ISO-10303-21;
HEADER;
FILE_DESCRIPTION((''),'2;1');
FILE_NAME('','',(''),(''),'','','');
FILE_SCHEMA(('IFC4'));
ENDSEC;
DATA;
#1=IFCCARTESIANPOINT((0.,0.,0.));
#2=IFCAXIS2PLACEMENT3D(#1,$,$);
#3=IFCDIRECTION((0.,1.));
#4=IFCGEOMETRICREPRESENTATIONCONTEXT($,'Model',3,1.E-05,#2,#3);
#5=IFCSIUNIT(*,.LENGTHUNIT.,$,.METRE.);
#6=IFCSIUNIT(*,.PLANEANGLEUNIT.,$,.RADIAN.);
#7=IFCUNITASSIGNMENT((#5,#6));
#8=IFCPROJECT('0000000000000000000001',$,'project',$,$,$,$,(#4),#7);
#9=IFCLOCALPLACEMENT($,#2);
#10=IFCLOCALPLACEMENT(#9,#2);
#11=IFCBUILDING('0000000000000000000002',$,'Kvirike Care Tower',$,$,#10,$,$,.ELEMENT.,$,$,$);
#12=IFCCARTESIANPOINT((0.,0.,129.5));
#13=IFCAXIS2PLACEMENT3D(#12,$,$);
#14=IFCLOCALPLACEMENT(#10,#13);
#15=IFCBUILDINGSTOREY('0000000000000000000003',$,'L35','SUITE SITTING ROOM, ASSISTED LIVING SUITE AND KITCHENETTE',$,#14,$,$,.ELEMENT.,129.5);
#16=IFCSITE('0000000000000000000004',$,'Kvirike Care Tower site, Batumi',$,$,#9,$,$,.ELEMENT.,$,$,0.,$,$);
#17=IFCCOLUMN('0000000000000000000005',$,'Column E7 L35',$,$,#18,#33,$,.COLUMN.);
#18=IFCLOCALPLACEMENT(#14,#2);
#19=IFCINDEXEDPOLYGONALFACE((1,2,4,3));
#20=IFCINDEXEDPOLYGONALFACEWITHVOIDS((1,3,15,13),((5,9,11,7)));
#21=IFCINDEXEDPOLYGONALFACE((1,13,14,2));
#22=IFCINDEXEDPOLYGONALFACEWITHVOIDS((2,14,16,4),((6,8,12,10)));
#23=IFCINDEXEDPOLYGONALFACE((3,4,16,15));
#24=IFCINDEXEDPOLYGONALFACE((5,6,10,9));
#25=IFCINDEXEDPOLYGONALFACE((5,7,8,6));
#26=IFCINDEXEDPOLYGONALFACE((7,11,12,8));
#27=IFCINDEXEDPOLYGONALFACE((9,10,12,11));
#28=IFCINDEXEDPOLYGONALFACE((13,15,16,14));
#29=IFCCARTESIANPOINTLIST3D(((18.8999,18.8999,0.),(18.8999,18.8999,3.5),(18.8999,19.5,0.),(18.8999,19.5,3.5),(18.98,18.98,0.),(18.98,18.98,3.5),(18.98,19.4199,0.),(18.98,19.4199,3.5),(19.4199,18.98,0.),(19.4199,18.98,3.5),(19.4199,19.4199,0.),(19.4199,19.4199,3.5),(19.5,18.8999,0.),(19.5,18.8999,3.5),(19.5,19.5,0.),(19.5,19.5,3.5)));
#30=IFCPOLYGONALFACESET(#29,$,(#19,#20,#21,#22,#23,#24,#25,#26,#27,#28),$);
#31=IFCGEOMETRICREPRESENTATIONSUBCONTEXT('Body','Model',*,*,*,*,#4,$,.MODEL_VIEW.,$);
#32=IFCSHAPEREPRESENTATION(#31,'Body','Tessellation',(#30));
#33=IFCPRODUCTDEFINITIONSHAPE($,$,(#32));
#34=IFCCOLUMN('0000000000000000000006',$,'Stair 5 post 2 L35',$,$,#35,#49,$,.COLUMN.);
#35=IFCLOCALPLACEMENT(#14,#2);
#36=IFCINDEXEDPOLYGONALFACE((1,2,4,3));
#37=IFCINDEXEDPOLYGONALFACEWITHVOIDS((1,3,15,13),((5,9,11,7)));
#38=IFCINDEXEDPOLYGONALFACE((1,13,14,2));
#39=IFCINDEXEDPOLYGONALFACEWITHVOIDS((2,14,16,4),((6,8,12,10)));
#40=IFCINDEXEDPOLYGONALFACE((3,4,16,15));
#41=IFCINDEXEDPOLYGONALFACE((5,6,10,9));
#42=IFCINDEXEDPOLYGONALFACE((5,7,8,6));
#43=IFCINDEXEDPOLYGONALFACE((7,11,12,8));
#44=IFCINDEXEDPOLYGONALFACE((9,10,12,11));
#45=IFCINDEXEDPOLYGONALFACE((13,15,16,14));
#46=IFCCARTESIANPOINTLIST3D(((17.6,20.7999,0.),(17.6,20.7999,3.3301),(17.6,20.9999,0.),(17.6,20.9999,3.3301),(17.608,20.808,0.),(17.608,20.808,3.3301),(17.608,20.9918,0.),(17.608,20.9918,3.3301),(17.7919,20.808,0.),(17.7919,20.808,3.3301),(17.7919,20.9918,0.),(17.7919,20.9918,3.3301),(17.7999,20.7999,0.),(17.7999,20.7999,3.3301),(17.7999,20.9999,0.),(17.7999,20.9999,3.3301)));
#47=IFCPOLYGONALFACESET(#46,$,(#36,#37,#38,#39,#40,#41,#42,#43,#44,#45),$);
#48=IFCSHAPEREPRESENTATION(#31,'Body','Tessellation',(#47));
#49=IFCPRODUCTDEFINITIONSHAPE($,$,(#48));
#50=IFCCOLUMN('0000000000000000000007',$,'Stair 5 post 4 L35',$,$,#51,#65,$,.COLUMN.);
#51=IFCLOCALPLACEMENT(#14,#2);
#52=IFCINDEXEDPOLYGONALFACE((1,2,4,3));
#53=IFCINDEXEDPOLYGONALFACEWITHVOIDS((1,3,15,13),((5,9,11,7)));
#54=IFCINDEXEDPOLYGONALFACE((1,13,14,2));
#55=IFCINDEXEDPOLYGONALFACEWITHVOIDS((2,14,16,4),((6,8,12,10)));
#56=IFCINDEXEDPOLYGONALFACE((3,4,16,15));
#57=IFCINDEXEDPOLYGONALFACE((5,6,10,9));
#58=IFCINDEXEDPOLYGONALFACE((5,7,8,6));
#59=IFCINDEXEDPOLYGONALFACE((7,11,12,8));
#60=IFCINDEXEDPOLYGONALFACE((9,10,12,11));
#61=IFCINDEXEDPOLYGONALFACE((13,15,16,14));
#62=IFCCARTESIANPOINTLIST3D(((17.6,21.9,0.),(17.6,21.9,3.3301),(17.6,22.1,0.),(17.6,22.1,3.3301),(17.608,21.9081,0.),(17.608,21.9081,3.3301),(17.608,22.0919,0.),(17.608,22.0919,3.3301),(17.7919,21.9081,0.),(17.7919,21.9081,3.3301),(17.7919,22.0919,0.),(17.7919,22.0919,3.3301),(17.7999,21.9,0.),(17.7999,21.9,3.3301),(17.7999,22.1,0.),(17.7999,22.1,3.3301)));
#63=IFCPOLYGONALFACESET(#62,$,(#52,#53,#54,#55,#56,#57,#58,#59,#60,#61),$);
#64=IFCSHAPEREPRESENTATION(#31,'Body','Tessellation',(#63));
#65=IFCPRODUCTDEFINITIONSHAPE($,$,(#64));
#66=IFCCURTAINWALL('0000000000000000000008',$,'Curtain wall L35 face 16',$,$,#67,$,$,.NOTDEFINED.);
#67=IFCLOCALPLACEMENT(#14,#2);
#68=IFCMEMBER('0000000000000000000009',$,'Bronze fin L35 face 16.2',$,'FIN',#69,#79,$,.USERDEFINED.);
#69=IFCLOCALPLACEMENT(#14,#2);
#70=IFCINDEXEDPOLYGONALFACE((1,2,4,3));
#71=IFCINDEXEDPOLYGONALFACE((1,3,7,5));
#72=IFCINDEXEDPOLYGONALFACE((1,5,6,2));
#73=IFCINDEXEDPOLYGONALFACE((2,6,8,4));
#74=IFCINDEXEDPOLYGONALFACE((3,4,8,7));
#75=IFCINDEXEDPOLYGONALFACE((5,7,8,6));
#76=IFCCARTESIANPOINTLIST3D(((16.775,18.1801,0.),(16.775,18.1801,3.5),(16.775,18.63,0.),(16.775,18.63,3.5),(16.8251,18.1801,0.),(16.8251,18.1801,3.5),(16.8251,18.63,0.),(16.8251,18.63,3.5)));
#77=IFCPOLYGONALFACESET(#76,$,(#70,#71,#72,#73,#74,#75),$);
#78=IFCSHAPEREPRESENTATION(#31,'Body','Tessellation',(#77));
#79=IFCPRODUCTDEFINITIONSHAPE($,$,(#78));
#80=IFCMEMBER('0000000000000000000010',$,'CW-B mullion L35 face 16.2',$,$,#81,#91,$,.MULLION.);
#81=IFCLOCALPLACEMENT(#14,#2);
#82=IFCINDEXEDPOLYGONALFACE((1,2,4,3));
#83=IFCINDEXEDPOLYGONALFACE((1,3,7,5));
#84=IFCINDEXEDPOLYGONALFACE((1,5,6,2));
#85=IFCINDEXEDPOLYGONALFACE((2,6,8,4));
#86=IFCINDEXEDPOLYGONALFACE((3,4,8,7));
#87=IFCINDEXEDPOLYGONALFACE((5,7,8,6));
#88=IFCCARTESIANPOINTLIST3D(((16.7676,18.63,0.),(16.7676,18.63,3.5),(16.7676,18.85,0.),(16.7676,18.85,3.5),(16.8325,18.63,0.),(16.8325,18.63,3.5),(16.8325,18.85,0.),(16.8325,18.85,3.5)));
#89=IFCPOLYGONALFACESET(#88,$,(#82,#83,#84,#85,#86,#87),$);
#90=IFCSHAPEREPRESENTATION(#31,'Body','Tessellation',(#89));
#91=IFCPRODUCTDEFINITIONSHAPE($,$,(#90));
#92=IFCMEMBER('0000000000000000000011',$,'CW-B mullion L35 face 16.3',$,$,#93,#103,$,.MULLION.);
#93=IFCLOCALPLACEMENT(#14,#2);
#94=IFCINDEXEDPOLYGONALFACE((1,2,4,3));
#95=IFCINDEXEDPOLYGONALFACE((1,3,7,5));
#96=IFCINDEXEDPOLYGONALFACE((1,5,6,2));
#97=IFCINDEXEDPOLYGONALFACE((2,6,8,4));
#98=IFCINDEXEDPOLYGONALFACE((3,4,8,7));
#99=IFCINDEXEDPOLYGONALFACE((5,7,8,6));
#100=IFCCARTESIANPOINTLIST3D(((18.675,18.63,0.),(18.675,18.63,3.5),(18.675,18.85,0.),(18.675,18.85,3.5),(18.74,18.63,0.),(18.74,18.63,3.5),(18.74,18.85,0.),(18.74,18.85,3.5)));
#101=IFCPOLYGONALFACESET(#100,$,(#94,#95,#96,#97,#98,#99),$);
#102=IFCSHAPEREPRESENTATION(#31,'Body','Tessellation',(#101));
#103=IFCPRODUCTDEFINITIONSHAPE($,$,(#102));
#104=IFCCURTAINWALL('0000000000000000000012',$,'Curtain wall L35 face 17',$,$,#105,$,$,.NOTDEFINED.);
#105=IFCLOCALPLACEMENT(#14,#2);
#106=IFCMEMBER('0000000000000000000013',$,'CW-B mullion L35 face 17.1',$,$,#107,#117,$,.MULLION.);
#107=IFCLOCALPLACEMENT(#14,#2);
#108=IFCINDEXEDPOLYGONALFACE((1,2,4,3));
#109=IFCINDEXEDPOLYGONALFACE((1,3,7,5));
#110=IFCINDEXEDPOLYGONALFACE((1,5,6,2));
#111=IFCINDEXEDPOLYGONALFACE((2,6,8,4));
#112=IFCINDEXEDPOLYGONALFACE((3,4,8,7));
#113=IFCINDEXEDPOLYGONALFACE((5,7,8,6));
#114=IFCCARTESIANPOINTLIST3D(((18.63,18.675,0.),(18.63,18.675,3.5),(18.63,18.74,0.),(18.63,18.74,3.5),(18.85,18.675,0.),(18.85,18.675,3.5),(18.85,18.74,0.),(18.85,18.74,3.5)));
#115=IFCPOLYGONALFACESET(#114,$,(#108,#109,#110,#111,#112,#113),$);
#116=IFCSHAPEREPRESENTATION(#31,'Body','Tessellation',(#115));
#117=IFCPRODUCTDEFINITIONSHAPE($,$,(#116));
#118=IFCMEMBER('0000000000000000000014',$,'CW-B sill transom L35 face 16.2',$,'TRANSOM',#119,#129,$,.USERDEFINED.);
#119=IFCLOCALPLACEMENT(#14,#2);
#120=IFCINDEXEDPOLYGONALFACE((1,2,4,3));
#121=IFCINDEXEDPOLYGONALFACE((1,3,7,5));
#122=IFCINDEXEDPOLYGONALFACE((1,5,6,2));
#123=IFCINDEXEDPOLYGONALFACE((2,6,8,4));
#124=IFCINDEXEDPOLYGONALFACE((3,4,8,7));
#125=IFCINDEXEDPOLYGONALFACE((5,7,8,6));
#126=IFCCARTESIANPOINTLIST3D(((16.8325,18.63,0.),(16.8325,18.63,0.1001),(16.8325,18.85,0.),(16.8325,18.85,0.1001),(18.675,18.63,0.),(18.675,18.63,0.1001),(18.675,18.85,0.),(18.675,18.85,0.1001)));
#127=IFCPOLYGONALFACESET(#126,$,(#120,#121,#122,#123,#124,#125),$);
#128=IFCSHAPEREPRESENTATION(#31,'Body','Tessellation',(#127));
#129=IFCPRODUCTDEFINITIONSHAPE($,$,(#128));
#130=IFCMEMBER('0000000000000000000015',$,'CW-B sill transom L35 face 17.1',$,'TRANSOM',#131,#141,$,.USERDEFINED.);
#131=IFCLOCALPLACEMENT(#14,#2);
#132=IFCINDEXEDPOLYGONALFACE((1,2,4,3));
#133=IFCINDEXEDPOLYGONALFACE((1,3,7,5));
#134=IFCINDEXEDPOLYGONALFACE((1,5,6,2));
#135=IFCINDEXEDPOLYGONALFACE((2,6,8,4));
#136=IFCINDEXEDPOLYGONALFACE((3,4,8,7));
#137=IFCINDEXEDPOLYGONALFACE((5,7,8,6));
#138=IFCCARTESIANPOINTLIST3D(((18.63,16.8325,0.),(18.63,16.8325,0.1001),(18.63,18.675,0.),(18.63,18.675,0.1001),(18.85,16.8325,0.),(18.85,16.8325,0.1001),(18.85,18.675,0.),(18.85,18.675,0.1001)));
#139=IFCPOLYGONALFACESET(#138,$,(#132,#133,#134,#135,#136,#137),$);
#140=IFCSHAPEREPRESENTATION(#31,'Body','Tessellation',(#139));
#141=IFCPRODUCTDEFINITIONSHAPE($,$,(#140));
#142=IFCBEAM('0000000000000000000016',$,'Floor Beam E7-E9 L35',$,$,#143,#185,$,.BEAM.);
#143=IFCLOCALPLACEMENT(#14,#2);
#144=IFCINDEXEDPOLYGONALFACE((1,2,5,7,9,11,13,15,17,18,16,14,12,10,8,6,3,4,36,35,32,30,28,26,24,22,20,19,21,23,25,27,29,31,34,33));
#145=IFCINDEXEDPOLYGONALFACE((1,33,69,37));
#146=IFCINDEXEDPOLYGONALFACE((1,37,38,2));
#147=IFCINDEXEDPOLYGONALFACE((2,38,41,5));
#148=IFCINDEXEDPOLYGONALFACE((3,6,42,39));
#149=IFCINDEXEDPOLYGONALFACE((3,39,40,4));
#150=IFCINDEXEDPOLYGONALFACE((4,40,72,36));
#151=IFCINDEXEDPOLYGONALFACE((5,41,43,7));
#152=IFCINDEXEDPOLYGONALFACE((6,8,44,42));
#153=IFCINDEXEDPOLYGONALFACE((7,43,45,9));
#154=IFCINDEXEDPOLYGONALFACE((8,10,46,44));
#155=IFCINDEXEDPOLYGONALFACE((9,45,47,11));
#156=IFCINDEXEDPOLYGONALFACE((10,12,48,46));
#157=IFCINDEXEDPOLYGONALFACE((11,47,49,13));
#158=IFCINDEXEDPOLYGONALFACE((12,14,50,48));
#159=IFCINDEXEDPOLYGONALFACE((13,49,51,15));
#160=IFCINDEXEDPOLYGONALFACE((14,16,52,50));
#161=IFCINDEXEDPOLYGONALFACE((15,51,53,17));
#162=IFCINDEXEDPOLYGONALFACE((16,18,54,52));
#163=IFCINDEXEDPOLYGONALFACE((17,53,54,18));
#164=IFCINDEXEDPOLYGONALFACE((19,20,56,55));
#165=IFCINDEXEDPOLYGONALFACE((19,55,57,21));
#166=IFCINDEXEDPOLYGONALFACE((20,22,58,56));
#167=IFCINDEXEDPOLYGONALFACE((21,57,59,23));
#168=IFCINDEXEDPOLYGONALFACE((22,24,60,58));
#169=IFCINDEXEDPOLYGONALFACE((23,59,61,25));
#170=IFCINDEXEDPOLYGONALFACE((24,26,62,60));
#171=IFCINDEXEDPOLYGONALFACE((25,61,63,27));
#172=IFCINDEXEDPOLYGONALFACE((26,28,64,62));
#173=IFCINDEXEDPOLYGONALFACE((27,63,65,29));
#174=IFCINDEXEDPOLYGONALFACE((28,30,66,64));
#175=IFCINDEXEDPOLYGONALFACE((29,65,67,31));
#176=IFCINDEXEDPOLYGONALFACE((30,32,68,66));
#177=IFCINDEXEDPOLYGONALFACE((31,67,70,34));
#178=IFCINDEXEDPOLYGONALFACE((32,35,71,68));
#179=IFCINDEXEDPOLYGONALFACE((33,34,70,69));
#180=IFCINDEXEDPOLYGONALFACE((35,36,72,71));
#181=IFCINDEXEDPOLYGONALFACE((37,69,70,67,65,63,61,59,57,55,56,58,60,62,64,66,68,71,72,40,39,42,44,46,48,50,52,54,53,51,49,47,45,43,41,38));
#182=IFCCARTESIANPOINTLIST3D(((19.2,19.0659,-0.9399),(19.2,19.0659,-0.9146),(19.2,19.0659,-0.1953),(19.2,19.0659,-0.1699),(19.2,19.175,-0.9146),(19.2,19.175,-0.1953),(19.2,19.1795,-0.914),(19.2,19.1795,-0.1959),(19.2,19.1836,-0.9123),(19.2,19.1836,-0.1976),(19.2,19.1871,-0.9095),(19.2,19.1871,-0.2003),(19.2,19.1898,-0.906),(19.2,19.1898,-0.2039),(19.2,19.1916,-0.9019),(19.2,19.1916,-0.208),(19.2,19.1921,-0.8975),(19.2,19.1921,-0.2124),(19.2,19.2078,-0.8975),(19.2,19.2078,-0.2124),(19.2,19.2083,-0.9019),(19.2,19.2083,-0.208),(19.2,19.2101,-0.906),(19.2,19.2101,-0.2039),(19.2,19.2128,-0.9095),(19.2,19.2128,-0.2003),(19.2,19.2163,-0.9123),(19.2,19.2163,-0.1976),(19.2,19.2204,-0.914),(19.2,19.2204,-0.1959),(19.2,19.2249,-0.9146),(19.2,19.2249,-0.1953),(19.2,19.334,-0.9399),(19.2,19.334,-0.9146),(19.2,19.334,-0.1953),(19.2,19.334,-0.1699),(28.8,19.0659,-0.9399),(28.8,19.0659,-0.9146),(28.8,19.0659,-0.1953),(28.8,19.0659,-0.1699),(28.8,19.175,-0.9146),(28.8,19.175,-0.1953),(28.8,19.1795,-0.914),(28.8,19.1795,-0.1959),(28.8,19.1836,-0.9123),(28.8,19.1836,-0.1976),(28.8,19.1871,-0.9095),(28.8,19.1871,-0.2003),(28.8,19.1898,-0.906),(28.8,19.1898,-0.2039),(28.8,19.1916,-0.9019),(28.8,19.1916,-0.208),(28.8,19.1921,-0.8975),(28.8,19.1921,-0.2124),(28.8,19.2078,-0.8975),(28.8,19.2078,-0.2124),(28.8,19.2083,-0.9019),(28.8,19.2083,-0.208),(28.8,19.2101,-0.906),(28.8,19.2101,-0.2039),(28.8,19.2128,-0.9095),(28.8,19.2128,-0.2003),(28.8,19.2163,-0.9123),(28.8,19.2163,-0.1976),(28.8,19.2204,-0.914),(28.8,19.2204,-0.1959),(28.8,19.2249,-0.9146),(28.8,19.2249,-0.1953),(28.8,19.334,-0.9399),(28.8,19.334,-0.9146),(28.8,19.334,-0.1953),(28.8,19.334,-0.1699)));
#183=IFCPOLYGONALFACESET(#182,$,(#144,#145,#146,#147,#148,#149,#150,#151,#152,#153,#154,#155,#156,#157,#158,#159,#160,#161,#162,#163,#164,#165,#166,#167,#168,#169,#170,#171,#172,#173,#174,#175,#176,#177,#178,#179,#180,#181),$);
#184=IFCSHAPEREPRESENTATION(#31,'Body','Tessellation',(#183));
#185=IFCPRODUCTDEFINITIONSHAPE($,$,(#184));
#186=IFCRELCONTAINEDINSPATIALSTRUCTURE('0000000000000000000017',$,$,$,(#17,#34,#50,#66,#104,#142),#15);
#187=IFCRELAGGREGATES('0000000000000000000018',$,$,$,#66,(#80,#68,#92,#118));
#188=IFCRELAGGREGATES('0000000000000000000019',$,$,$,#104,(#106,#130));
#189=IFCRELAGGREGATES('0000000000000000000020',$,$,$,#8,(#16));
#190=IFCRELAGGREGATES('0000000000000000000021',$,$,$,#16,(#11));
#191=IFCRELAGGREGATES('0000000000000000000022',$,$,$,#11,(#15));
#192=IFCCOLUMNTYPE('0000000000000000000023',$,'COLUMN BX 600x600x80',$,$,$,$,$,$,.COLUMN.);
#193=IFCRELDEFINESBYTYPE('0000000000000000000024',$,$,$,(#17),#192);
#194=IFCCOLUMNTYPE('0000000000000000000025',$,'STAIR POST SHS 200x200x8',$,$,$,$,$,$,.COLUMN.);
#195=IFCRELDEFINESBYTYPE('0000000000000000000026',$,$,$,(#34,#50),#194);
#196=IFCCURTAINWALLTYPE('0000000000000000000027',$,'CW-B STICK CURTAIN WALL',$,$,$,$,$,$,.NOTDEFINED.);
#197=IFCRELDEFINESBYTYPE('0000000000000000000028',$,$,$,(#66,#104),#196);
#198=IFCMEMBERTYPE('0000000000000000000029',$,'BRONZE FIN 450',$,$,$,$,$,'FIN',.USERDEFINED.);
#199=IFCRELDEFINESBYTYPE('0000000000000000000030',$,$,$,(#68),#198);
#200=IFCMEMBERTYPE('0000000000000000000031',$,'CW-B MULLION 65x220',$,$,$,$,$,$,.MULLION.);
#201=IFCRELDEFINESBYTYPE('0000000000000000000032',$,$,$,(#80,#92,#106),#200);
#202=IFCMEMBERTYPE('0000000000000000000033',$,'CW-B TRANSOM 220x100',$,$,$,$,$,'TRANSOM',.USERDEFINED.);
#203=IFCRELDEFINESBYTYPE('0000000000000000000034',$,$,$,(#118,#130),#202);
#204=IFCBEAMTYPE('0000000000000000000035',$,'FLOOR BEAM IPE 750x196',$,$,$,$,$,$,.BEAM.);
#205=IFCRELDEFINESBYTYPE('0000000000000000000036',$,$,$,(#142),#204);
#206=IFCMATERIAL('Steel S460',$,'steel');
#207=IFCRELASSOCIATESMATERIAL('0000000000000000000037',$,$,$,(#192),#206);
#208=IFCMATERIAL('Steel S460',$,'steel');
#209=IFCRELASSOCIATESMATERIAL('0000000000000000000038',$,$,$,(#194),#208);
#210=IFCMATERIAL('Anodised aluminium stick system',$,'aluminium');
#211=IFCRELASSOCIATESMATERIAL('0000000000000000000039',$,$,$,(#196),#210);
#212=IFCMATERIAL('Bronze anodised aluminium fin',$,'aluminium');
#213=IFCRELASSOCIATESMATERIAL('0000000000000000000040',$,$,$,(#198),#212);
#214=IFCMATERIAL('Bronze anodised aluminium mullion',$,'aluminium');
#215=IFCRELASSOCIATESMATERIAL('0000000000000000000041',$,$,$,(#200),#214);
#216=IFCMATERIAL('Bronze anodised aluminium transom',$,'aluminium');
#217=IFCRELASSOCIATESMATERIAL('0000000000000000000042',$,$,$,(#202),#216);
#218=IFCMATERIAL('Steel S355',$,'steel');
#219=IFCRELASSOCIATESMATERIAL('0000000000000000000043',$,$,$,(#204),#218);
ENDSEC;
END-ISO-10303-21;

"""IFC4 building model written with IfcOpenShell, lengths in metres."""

from ifc_helpers import new_model, si_unit, direction, frame, origin, origin_2d, place, context, subcontext, project, spatial, rectangle, hollow_rectangle, i_section, extrude, material, material_profile, profile_set, type_object, element, aggregate, save


model = new_model("IFC4")

# Units and contexts
model_context = context("Model", 3, precision=1e-05, world=origin(), true_north=direction((0.0, 1.0)))
body_context = subcontext(model_context, "Body", "Model", "MODEL_VIEW")
ifc_project = project(units=[si_unit("LENGTHUNIT", "METRE"), si_unit("PLANEANGLEUNIT", "RADIAN")], contexts=[model_context])

# Site, building, storey
site_placement = place(None, origin())
site = spatial("IfcSite", under=ifc_project, at=site_placement, Name="Kvirike Care Tower site, Batumi", CompositionType="ELEMENT", RefElevation=0.0)
building_placement = place(site_placement, origin())
building = spatial("IfcBuilding", under=site, at=building_placement, Name="Kvirike Care Tower", CompositionType="ELEMENT")
storey_placement = place(building_placement, frame((0.0, 0.0, 129.5)))
storey = spatial("IfcBuildingStorey", under=building, at=storey_placement, Name="L35", Description="SUITE SITTING ROOM, ASSISTED LIVING SUITE AND KITCHENETTE", CompositionType="ELEMENT", Elevation=129.5)

# Columns
ifc_material_1 = material(Name="Steel S460", Category="steel")
ifc_material_profile_1 = material_profile(ifc_material_1, hollow_rectangle(XDim=0.6001, YDim=0.6001, WallThickness=0.0801, at=origin_2d()), Name="BX 600x600x80")
ifc_profile_set_1 = profile_set([ifc_material_profile_1], Name="Steel S460")
column_type_1 = type_object("IfcColumnType", Name="COLUMN BX 600x600x80", PredefinedType="COLUMN", material=ifc_profile_set_1)
column_placement = place(storey_placement, frame((19.2, 19.2, 0.0), z_axis=(0.0, 0.0, 1.0), x_axis=(0.0, 1.0, 0.0)))
element("IfcColumn", 1, at=column_placement, inside=storey, type_object=column_type_1, Name="Column E7 L35", PredefinedType="COLUMN", context=body_context, shape_type="SweptSolid", body=[
    extrude(hollow_rectangle(XDim=0.6001, YDim=0.6001, WallThickness=0.0801, at=origin_2d()), origin(), (0.0, 0.0, 1.0), 3.5),
])
ifc_material_2 = material(Name="Steel S460", Category="steel")
ifc_material_profile_2 = material_profile(ifc_material_2, hollow_rectangle(XDim=0.2, YDim=0.2, WallThickness=0.0081, at=origin_2d()), Name="SHS 200x200x8")
ifc_profile_set_2 = profile_set([ifc_material_profile_2], Name="Steel S460")
column_type_2 = type_object("IfcColumnType", Name="STAIR POST SHS 200x200x8", PredefinedType="COLUMN", material=ifc_profile_set_2)
for number, where, z_axis, x_axis, name in (
    (2, (17.7, 20.8999, 0.0), (0.0, 0.0, 1.0), (1.0, 0.0, 0.0), "Stair 5 post 2 L35"),
    (3, (17.7, 22.0, 0.0), (0.0, 0.0, 1.0), (1.0, 0.0, 0.0), "Stair 5 post 4 L35"),
):
    element("IfcColumn", number, at=place(storey_placement, frame(where, z_axis=z_axis, x_axis=x_axis)), inside=storey, type_object=column_type_2, Name=name, PredefinedType="COLUMN", context=body_context, shape_type="SweptSolid", body=[
        extrude(hollow_rectangle(XDim=0.2, YDim=0.2, WallThickness=0.0081, at=origin_2d()), origin(), (0.0, 0.0, 1.0), 3.3301),
    ])

# Curtain wall, members
ifc_material_3 = material(Name="Anodised aluminium stick system", Category="aluminium")
curtain_wall_type = type_object("IfcCurtainWallType", Name="CW-B STICK CURTAIN WALL", PredefinedType="NOTDEFINED", material=ifc_material_3)
curtain_wall_1_placement = place(storey_placement, origin())
curtain_wall_1 = element("IfcCurtainWall", 4, at=curtain_wall_1_placement, inside=storey, type_object=curtain_wall_type, Name="Curtain wall L35 face 16", PredefinedType="NOTDEFINED")
ifc_material_4 = material(Name="Bronze anodised aluminium fin", Category="aluminium")
ifc_material_profile_3 = material_profile(ifc_material_4, rectangle(XDim=0.05, YDim=0.45, at=origin_2d()), Name="BRONZE FIN 450")
ifc_profile_set_3 = profile_set([ifc_material_profile_3], Name="Bronze anodised aluminium fin")
member_type_1 = type_object("IfcMemberType", Name="BRONZE FIN 450", ElementType="FIN", PredefinedType="USERDEFINED", material=ifc_profile_set_3)
member_1_placement = place(storey_placement, frame((16.8, 18.405, 0.0), z_axis=(0.0, 0.0, 1.0), x_axis=(1.0, 0.0, 0.0)))
member_1 = element("IfcMember", 5, at=member_1_placement, type_object=member_type_1, Name="Bronze fin L35 face 16.2", ObjectType="FIN", PredefinedType="USERDEFINED", context=body_context, shape_type="SweptSolid", body=[
    extrude(rectangle(XDim=0.05, YDim=0.45, at=origin_2d()), origin(), (0.0, 0.0, 1.0), 3.5),
])
ifc_material_5 = material(Name="Bronze anodised aluminium mullion", Category="aluminium")
ifc_material_profile_4 = material_profile(ifc_material_5, rectangle(XDim=0.0649, YDim=0.22, at=origin_2d()), Name="CW-B MULLION 65x220")
ifc_profile_set_4 = profile_set([ifc_material_profile_4], Name="Bronze anodised aluminium mullion")
member_type_2 = type_object("IfcMemberType", Name="CW-B MULLION 65x220", PredefinedType="MULLION", material=ifc_profile_set_4)
member_2_placement = place(storey_placement, frame((16.8, 18.74, 0.0), z_axis=(0.0, 0.0, 1.0), x_axis=(1.0, 0.0, 0.0)))
member_2 = element("IfcMember", 6, at=member_2_placement, type_object=member_type_2, Name="CW-B mullion L35 face 16.2", PredefinedType="MULLION", context=body_context, shape_type="SweptSolid", body=[
    extrude(rectangle(XDim=0.0649, YDim=0.22, at=origin_2d()), origin(), (0.0, 0.0, 1.0), 3.5),
])
member_3_placement = place(storey_placement, frame((18.7075, 18.74, 0.0), z_axis=(0.0, 0.0, 1.0), x_axis=(1.0, 0.0, 0.0)))
member_3 = element("IfcMember", 7, at=member_3_placement, type_object=member_type_2, Name="CW-B mullion L35 face 16.3", PredefinedType="MULLION", context=body_context, shape_type="SweptSolid", body=[
    extrude(rectangle(XDim=0.0649, YDim=0.22, at=origin_2d()), origin(), (0.0, 0.0, 1.0), 3.5),
])

# Curtain wall, member
curtain_wall_2_placement = place(storey_placement, origin())
curtain_wall_2 = element("IfcCurtainWall", 8, at=curtain_wall_2_placement, inside=storey, type_object=curtain_wall_type, Name="Curtain wall L35 face 17", PredefinedType="NOTDEFINED")
member_4_placement = place(storey_placement, frame((18.74, 18.7075, 0.0), z_axis=(0.0, 0.0, 1.0), x_axis=(0.0, -1.0, 0.0)))
member_4 = element("IfcMember", 9, at=member_4_placement, type_object=member_type_2, Name="CW-B mullion L35 face 17.1", PredefinedType="MULLION", context=body_context, shape_type="SweptSolid", body=[
    extrude(rectangle(XDim=0.0649, YDim=0.22, at=origin_2d()), origin(), (0.0, 0.0, 1.0), 3.5),
])

# Members
ifc_material_6 = material(Name="Bronze anodised aluminium transom", Category="aluminium")
ifc_material_profile_5 = material_profile(ifc_material_6, rectangle(XDim=0.22, YDim=0.1001, at=origin_2d()), Name="CW-B TRANSOM 220x100")
ifc_profile_set_5 = profile_set([ifc_material_profile_5], Name="Bronze anodised aluminium transom")
member_type_3 = type_object("IfcMemberType", Name="CW-B TRANSOM 220x100", ElementType="TRANSOM", PredefinedType="USERDEFINED", material=ifc_profile_set_5)
member_5_placement = place(storey_placement, frame((16.8325, 18.74, 0.05), z_axis=(1.0, 0.0, 0.0), x_axis=(0.0, 1.0, 0.0)))
member_5 = element("IfcMember", 10, at=member_5_placement, type_object=member_type_3, Name="CW-B sill transom L35 face 16.2", ObjectType="TRANSOM", PredefinedType="USERDEFINED", context=body_context, shape_type="SweptSolid", body=[
    extrude(rectangle(XDim=0.22, YDim=0.1001, at=origin_2d()), origin(), (0.0, 0.0, 1.0), 1.8425),
])
member_6_placement = place(storey_placement, frame((18.74, 18.675, 0.05), z_axis=(0.0, -1.0, 0.0), x_axis=(1.0, 0.0, 0.0)))
member_6 = element("IfcMember", 11, at=member_6_placement, type_object=member_type_3, Name="CW-B sill transom L35 face 17.1", ObjectType="TRANSOM", PredefinedType="USERDEFINED", context=body_context, shape_type="SweptSolid", body=[
    extrude(rectangle(XDim=0.22, YDim=0.1001, at=origin_2d()), origin(), (0.0, 0.0, 1.0), 1.8425),
])

# Beam
ifc_material_7 = material(Name="Steel S355", Category="steel")
ifc_material_profile_6 = material_profile(ifc_material_7, i_section(OverallWidth=0.2681, OverallDepth=0.77, WebThickness=0.0156, FlangeThickness=0.0254, FilletRadius=0.0171, at=origin_2d()), Name="IPE 750x196")
ifc_profile_set_6 = profile_set([ifc_material_profile_6], Name="Steel S355")
beam_type = type_object("IfcBeamType", Name="FLOOR BEAM IPE 750x196", PredefinedType="BEAM", material=ifc_profile_set_6)
for number, where, z_axis, x_axis, name in (
    (12, (19.2, 19.2, -0.5549), (1.0, 0.0, 0.0), (0.0, 1.0, 0.0), "Floor Beam E7-E9 L35"),
):
    element("IfcBeam", number, at=place(storey_placement, frame(where, z_axis=z_axis, x_axis=x_axis)), inside=storey, type_object=beam_type, Name=name, PredefinedType="BEAM", context=body_context, shape_type="SweptSolid", body=[
        extrude(i_section(OverallWidth=0.2681, OverallDepth=0.77, WebThickness=0.0156, FlangeThickness=0.0254, FilletRadius=0.0171, at=origin_2d()), origin(), (0.0, 0.0, 1.0), 9.6001),
    ])

aggregate(curtain_wall_1, [member_2, member_1, member_3, member_5])
aggregate(curtain_wall_2, [member_4, member_6])

save(model, "model.ifc")
